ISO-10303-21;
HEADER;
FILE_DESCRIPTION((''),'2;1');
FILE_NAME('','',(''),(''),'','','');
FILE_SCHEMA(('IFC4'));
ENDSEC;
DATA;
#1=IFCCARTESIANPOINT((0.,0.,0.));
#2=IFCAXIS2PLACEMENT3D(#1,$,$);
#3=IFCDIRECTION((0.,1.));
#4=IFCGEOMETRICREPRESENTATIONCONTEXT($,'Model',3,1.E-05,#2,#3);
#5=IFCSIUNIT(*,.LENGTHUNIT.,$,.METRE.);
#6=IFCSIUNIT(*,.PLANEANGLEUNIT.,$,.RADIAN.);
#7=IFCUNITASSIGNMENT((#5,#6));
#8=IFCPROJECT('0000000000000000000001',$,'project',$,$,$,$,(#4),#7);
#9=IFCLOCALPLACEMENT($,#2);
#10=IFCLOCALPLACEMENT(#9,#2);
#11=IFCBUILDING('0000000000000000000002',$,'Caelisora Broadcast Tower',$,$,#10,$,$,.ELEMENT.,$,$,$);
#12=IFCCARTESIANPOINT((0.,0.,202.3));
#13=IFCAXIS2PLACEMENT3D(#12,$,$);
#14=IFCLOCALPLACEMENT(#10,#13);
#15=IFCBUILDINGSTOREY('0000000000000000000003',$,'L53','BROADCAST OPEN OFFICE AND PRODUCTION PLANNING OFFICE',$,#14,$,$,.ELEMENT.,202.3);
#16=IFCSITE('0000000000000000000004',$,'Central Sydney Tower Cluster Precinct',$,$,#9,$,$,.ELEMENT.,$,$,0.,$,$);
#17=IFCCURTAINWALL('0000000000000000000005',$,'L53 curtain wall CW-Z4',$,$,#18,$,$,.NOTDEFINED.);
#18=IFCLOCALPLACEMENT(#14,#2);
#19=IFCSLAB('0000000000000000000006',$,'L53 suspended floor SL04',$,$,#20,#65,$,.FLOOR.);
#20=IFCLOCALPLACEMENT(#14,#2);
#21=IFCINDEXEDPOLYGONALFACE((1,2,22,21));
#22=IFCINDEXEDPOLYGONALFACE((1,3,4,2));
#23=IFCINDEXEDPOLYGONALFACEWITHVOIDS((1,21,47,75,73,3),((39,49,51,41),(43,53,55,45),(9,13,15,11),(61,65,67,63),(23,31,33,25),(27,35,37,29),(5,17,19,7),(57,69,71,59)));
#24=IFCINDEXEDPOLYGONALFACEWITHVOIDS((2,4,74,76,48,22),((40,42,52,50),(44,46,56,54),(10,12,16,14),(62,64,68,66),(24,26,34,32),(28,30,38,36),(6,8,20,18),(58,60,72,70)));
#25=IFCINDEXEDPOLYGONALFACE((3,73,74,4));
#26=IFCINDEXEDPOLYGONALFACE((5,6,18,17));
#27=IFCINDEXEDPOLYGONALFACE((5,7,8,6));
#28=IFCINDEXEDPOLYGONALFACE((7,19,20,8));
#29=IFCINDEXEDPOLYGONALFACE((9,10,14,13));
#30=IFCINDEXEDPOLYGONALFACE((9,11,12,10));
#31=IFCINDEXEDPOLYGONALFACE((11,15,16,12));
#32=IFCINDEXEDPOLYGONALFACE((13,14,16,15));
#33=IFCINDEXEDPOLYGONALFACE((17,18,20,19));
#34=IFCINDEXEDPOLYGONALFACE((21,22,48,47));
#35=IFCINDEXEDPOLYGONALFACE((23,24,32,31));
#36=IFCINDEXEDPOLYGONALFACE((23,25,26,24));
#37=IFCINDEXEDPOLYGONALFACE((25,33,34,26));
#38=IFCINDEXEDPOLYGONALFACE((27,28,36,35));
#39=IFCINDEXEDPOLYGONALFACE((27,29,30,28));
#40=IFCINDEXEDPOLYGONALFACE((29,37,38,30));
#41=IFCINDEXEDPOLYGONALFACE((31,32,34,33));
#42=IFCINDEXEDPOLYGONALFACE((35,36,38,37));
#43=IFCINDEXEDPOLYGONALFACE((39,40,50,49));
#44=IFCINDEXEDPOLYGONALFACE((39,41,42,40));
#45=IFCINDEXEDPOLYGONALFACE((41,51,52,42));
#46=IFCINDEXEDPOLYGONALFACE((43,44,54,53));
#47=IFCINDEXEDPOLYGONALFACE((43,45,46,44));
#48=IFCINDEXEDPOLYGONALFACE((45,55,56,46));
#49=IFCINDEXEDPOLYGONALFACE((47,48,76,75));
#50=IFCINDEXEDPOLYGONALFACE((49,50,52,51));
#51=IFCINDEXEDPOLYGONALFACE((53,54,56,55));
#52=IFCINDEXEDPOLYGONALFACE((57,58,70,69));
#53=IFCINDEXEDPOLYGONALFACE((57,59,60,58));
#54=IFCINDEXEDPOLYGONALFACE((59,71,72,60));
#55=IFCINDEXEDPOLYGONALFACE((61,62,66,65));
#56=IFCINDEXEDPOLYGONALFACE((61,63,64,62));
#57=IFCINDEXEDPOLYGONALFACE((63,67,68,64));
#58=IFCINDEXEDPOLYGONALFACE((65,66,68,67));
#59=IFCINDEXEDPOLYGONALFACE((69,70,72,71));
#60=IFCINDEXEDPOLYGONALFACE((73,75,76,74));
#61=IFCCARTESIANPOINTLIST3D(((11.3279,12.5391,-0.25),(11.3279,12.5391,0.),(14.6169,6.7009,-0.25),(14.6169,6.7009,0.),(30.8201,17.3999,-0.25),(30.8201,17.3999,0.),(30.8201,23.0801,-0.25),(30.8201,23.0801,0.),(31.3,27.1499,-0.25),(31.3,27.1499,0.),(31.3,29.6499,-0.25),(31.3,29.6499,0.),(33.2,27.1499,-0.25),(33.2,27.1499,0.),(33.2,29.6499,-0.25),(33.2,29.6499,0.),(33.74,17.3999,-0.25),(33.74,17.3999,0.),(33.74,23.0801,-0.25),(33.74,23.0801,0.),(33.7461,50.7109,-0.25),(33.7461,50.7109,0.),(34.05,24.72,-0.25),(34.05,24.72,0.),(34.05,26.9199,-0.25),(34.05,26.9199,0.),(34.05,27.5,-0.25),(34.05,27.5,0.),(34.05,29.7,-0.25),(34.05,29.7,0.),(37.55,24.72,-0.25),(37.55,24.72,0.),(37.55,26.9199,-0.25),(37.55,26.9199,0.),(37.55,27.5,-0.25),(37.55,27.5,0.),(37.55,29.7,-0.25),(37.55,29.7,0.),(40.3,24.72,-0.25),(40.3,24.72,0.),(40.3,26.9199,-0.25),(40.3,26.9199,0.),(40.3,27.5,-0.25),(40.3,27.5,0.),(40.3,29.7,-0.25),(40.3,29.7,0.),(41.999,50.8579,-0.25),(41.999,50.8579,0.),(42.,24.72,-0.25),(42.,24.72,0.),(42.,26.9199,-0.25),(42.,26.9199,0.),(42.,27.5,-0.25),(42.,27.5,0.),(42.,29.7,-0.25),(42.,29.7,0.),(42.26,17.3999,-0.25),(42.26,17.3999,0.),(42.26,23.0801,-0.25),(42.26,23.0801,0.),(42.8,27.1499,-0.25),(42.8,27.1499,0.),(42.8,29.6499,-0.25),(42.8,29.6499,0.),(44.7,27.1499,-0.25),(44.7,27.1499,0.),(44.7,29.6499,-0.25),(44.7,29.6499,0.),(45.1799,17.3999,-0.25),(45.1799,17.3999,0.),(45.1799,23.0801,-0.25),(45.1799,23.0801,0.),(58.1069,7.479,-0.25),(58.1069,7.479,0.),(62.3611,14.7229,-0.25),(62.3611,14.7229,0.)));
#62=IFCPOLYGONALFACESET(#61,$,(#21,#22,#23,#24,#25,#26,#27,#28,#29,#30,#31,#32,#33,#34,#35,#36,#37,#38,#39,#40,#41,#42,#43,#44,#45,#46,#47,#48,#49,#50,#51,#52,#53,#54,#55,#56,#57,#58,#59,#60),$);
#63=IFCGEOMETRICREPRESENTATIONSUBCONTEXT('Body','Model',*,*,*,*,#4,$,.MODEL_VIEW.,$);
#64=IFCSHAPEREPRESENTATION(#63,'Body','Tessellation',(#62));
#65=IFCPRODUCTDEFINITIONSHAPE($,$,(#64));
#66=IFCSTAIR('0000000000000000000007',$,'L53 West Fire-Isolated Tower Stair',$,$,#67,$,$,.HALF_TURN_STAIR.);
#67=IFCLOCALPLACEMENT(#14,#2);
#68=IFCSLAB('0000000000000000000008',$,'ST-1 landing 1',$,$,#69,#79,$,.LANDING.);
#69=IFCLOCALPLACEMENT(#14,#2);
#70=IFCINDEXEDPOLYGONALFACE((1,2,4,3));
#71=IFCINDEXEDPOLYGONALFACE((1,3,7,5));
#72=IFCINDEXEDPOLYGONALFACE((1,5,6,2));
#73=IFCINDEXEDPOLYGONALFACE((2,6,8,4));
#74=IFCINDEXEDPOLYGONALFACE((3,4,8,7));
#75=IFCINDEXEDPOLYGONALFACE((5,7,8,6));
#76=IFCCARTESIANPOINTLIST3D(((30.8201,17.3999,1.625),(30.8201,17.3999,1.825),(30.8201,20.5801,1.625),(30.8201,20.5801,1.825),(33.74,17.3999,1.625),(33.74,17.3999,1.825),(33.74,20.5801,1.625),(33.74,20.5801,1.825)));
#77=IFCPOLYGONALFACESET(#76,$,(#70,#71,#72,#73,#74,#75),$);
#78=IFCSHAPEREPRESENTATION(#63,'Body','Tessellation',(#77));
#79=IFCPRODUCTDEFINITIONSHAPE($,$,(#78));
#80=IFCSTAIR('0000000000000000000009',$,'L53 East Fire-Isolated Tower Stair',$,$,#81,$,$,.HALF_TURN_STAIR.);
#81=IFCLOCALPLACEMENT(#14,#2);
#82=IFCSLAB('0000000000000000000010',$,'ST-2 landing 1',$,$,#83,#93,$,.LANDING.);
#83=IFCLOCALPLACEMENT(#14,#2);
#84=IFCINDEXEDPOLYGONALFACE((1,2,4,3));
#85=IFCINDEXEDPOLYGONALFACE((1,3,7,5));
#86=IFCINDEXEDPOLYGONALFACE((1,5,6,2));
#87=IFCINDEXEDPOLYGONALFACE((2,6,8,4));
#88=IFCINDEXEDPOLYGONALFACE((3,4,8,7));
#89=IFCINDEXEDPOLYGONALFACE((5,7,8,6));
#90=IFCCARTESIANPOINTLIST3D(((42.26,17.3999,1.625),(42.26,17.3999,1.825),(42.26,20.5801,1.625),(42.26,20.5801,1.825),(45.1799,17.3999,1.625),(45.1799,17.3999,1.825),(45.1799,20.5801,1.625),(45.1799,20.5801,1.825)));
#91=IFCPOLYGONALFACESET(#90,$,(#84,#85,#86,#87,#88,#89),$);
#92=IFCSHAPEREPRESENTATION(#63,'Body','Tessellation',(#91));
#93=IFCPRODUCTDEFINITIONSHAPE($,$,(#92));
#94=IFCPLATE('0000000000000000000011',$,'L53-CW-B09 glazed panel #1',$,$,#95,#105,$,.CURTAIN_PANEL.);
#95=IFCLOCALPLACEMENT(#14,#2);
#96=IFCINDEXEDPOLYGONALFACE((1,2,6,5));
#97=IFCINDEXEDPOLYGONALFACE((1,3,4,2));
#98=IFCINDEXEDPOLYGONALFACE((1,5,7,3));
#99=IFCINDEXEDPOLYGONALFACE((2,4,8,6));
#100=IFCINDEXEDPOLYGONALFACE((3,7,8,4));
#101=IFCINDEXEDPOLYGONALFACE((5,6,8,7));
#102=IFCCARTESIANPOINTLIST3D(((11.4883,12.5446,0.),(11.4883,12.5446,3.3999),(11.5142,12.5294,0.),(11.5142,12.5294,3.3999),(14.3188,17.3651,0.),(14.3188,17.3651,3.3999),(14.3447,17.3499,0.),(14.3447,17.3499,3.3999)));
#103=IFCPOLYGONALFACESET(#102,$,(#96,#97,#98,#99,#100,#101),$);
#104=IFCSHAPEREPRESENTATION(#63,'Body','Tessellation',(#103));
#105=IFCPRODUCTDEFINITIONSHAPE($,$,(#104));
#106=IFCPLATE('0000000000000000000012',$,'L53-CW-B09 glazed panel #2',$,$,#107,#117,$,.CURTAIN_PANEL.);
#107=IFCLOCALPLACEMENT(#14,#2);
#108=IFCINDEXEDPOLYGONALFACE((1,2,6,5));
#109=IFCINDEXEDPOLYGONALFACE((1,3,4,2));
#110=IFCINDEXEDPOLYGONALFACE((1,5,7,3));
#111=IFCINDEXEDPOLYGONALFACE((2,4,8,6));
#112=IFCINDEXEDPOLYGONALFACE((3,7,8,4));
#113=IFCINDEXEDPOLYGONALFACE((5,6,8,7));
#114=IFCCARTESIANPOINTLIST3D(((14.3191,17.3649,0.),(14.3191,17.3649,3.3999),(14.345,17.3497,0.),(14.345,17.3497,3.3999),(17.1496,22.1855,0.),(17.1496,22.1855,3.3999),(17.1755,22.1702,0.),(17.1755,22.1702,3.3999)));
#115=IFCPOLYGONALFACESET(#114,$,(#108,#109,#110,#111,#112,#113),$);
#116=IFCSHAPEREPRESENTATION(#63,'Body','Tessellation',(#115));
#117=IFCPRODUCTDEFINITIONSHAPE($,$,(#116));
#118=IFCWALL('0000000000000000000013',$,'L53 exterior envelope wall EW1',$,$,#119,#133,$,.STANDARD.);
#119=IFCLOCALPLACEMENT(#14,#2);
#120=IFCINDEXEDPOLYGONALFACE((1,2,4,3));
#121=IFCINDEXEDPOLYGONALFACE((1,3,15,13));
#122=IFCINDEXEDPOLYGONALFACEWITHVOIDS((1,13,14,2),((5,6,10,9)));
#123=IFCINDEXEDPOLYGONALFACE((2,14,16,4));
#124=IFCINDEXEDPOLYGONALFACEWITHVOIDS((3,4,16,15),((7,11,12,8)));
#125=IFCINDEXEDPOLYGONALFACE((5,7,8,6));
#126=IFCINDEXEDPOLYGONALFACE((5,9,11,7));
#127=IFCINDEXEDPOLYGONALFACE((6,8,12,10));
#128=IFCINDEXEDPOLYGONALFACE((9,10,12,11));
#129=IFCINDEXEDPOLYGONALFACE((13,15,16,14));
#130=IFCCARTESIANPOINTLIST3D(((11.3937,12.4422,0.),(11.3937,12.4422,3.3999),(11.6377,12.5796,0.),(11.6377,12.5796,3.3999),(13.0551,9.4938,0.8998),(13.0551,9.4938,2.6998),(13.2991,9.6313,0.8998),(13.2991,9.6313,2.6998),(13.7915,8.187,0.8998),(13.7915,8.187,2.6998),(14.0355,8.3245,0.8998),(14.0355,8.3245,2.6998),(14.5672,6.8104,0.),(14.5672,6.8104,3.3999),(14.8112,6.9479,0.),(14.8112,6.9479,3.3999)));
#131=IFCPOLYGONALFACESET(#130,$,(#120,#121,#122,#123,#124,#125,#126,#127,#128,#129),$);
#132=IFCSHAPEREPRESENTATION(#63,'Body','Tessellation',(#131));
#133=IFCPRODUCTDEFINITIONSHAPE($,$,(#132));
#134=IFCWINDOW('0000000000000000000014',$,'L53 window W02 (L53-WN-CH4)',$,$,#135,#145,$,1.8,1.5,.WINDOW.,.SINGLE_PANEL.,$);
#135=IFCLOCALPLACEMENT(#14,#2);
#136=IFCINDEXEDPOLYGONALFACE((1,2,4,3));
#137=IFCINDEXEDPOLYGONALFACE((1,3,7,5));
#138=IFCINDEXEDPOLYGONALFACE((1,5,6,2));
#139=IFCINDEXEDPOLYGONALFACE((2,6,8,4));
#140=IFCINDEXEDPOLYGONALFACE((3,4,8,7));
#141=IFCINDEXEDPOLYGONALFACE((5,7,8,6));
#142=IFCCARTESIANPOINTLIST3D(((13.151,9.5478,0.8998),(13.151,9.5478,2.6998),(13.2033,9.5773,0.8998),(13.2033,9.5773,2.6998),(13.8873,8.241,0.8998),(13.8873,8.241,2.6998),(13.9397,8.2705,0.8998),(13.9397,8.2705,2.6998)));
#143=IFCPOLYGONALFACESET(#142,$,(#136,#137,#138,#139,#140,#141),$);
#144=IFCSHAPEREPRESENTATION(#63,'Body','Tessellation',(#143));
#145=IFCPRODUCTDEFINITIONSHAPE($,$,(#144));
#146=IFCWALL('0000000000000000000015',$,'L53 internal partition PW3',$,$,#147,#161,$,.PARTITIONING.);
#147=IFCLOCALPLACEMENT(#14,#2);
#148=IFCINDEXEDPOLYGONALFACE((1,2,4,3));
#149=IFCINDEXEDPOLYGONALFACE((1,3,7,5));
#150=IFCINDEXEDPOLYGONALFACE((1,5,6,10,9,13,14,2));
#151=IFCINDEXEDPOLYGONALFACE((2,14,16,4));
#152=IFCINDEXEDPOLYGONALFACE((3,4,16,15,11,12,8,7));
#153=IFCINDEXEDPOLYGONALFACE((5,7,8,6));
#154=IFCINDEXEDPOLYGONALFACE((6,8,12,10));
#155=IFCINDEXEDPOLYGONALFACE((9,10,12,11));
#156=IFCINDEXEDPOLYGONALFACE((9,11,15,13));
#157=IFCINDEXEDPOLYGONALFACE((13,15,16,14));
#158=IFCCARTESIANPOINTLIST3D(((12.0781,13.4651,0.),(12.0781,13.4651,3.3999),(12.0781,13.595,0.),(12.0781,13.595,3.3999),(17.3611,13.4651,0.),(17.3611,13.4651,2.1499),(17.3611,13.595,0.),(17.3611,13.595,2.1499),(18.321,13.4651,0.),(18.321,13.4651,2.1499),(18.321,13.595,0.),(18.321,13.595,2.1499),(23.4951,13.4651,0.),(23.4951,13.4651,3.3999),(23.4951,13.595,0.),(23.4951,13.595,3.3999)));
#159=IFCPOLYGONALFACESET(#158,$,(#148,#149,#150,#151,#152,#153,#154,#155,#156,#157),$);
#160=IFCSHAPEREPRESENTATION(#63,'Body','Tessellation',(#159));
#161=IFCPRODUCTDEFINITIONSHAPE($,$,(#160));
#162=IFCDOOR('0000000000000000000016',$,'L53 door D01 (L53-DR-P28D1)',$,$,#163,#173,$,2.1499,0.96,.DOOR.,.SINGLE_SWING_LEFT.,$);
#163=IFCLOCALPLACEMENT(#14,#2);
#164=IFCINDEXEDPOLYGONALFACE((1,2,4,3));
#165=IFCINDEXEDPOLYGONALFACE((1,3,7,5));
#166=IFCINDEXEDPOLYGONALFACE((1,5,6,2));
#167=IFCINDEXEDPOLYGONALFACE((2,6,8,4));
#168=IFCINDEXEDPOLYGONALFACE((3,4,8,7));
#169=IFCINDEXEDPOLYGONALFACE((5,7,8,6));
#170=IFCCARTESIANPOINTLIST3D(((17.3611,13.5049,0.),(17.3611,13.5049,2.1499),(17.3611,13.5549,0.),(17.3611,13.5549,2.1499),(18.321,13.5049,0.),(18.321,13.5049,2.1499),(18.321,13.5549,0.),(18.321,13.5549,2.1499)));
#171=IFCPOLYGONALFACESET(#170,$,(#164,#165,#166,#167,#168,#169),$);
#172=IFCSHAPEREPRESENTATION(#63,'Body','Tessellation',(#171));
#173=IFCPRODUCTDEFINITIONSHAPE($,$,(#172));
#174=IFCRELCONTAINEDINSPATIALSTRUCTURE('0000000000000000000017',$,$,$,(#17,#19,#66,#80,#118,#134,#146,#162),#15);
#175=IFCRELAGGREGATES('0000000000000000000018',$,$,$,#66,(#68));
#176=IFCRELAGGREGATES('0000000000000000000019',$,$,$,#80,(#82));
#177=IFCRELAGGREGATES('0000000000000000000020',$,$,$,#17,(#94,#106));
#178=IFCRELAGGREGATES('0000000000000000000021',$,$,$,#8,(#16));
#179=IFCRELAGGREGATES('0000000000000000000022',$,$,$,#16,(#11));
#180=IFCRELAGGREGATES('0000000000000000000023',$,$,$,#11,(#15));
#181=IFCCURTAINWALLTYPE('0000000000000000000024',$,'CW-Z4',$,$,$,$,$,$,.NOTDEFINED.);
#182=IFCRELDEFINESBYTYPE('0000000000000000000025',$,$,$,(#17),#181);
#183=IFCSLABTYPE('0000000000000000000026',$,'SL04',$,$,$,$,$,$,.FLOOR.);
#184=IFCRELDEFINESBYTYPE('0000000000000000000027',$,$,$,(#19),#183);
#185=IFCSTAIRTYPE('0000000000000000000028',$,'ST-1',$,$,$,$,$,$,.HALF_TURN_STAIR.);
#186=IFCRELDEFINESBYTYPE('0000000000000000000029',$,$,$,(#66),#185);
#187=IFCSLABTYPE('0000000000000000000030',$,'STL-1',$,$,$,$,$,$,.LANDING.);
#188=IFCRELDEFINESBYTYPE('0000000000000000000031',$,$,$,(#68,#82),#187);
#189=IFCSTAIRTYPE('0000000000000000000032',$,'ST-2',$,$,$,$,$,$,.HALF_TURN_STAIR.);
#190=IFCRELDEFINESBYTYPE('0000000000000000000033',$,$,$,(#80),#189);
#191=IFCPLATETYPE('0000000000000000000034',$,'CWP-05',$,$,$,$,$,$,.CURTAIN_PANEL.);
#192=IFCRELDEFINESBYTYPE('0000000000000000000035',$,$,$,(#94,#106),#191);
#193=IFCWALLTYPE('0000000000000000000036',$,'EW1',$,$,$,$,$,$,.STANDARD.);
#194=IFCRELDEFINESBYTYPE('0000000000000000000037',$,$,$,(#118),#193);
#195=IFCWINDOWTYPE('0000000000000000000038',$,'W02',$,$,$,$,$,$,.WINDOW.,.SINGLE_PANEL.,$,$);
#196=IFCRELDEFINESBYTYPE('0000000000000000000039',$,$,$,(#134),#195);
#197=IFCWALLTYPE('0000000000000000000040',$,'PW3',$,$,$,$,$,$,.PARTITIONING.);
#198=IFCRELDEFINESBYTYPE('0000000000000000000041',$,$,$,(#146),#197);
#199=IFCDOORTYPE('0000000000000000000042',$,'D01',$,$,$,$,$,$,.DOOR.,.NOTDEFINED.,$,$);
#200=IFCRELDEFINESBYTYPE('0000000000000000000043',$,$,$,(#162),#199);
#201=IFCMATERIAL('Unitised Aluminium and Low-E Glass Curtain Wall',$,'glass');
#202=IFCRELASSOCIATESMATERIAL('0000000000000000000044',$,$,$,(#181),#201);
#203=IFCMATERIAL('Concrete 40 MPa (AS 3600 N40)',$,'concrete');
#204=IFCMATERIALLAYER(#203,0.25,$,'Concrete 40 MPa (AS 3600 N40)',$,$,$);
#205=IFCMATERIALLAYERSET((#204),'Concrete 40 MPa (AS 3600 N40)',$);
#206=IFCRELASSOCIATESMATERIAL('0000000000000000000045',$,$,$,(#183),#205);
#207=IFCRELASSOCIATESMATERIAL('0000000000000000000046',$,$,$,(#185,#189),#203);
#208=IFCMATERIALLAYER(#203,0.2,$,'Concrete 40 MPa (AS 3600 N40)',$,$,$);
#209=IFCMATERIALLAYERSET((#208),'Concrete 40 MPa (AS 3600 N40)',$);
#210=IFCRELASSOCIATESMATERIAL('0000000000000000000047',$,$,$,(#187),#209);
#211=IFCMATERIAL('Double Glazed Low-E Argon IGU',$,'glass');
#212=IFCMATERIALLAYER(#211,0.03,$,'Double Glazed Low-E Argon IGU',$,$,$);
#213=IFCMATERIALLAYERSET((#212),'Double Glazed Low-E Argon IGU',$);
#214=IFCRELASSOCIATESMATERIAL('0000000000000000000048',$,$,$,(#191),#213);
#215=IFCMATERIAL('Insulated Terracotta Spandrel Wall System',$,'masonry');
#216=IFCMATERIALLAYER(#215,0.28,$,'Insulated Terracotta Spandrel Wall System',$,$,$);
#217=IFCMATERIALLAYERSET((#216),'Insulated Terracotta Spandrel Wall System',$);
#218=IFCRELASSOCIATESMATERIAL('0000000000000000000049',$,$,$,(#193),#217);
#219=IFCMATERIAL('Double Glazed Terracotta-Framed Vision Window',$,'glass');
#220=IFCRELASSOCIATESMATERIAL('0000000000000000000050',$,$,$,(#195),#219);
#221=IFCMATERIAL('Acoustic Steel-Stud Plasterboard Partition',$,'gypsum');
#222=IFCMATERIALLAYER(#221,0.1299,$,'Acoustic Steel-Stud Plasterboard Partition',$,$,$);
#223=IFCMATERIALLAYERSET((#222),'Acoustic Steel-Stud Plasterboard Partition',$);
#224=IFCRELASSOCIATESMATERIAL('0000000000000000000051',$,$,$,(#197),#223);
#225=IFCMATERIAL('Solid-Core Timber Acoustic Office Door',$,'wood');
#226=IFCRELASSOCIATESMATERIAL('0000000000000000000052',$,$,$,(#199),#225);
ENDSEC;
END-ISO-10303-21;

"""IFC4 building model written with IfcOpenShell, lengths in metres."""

from ifc_helpers import new_model, si_unit, direction, frame, frame_2d, origin, origin_2d, place, context, subcontext, project, spatial, polyline, rectangle, outline, extrude, source, transform, mapped, material, layer, layer_set, type_object, type_shapes, element, fill, aggregate, save


model = new_model("IFC4")

# Units and contexts
model_context = context("Model", 3, precision=1e-05, world=origin(), true_north=direction((0.0, 1.0)))
body_context = subcontext(model_context, "Body", "Model", "MODEL_VIEW")
ifc_project = project(units=[si_unit("LENGTHUNIT", "METRE"), si_unit("PLANEANGLEUNIT", "RADIAN")], contexts=[model_context])

# Site, building, storey
site_placement = place(None, origin())
site = spatial("IfcSite", under=ifc_project, at=site_placement, Name="Central Sydney Tower Cluster Precinct", CompositionType="ELEMENT", RefElevation=0.0)
building_placement = place(site_placement, origin())
building = spatial("IfcBuilding", under=site, at=building_placement, Name="Caelisora Broadcast Tower", CompositionType="ELEMENT")
storey_placement = place(building_placement, frame((0.0, 0.0, 202.3)))
storey = spatial("IfcBuildingStorey", under=building, at=storey_placement, Name="L53", Description="BROADCAST OPEN OFFICE AND PRODUCTION PLANNING OFFICE", CompositionType="ELEMENT", Elevation=202.3)

# Shared definitions
ifc_material_1 = material(Name="Unitised Aluminium and Low-E Glass Curtain Wall", Category="glass")
curtain_wall_type = type_object("IfcCurtainWallType", Name="CW-Z4", PredefinedType="NOTDEFINED", material=ifc_material_1)

# Curtain wall
curtain_wall_1_placement = place(storey_placement, origin())
curtain_wall_1 = element("IfcCurtainWall", 1, at=curtain_wall_1_placement, inside=storey, type_object=curtain_wall_type, Name="L53 curtain wall CW-Z4", PredefinedType="NOTDEFINED")

# Slab
ifc_material_2 = material(Name="Concrete 40 MPa (AS 3600 N40)", Category="concrete")
ifc_layer_1 = layer(ifc_material_2, 0.25, Name="Concrete 40 MPa (AS 3600 N40)")
ifc_layer_set_1 = layer_set([ifc_layer_1], Name="Concrete 40 MPa (AS 3600 N40)")
slab_type_1 = type_object("IfcSlabType", Name="SL04", PredefinedType="FLOOR", material=ifc_layer_set_1)
slab_1_placement = place(storey_placement, frame((0.0, 0.0, -0.25)))
element("IfcSlab", 2, at=slab_1_placement, inside=storey, type_object=slab_type_1, Name="L53 suspended floor SL04", PredefinedType="FLOOR", context=body_context, shape_type="SweptSolid", body=[
    extrude(outline(polyline([(41.999, 50.8579), (33.7461, 50.7109), (11.3279, 12.5391), (14.6169, 6.7009), (58.1069, 7.479), (62.3611, 14.7229), (41.999, 50.8579)]), holes=[polyline([(30.8201, 17.3999), (33.74, 17.3999), (33.74, 23.0801), (30.8201, 23.0801), (30.8201, 17.3999)]), polyline([(42.26, 17.3999), (45.1799, 17.3999), (45.1799, 23.0801), (42.26, 23.0801), (42.26, 17.3999)]), polyline([(42.8, 27.1499), (44.7, 27.1499), (44.7, 29.6499), (42.8, 29.6499), (42.8, 27.1499)]), polyline([(40.3, 24.72), (42.0, 24.72), (42.0, 26.9199), (40.3, 26.9199), (40.3, 24.72)]), polyline([(40.3, 27.5), (42.0, 27.5), (42.0, 29.7), (40.3, 29.7), (40.3, 27.5)]), polyline([(34.05, 24.72), (37.55, 24.72), (37.55, 26.9199), (34.05, 26.9199), (34.05, 24.72)]), polyline([(34.05, 27.5), (37.55, 27.5), (37.55, 29.7), (34.05, 29.7), (34.05, 27.5)]), polyline([(31.3, 27.1499), (33.2, 27.1499), (33.2, 29.6499), (31.3, 29.6499), (31.3, 27.1499)])]), origin(), (0.0, 0.0, 1.0), 0.25),
])

# Stairs, slabs
stair_type_1 = type_object("IfcStairType", Name="ST-1", PredefinedType="HALF_TURN_STAIR", material=ifc_material_2)
stair_1_placement = place(storey_placement, origin())
stair_1 = element("IfcStair", 3, at=stair_1_placement, inside=storey, type_object=stair_type_1, Name="L53 West Fire-Isolated Tower Stair", PredefinedType="HALF_TURN_STAIR")
ifc_layer_2 = layer(ifc_material_2, 0.2, Name="Concrete 40 MPa (AS 3600 N40)")
ifc_layer_set_2 = layer_set([ifc_layer_2], Name="Concrete 40 MPa (AS 3600 N40)")
slab_type_2 = type_object("IfcSlabType", Name="STL-1", PredefinedType="LANDING", material=ifc_layer_set_2)
slab_2_placement = place(storey_placement, frame((0.0, 0.0, 1.625)))
slab_2 = element("IfcSlab", 4, at=slab_2_placement, type_object=slab_type_2, Name="ST-1 landing 1", PredefinedType="LANDING", context=body_context, shape_type="SweptSolid", body=[
    extrude(outline(polyline([(30.8201, 20.5801), (30.8201, 17.3999), (33.74, 17.3999), (33.74, 20.5801), (30.8201, 20.5801)])), origin(), (0.0, 0.0, 1.0), 0.2),
])
aggregate(stair_1, [slab_2])
stair_type_2 = type_object("IfcStairType", Name="ST-2", PredefinedType="HALF_TURN_STAIR", material=ifc_material_2)
stair_2_placement = place(storey_placement, origin())
stair_2 = element("IfcStair", 5, at=stair_2_placement, inside=storey, type_object=stair_type_2, Name="L53 East Fire-Isolated Tower Stair", PredefinedType="HALF_TURN_STAIR")
slab_3_placement = place(storey_placement, frame((0.0, 0.0, 1.625)))
slab_3 = element("IfcSlab", 6, at=slab_3_placement, type_object=slab_type_2, Name="ST-2 landing 1", PredefinedType="LANDING", context=body_context, shape_type="SweptSolid", body=[
    extrude(outline(polyline([(42.26, 20.5801), (42.26, 17.3999), (45.1799, 17.3999), (45.1799, 20.5801), (42.26, 20.5801)])), origin(), (0.0, 0.0, 1.0), 0.2),
])
aggregate(stair_2, [slab_3])

# Plates
ifc_material_3 = material(Name="Double Glazed Low-E Argon IGU", Category="glass")
ifc_layer_3 = layer(ifc_material_3, 0.03, Name="Double Glazed Low-E Argon IGU")
ifc_layer_set_3 = layer_set([ifc_layer_3], Name="Double Glazed Low-E Argon IGU")
plate_type = type_object("IfcPlateType", Name="CWP-05", PredefinedType="CURTAIN_PANEL", material=ifc_layer_set_3)
shared_shape_1 = source(origin(), body_context, "Body", "SweptSolid", [
    extrude(rectangle(XDim=5.5901, YDim=0.03, at=origin_2d()), origin(), (0.0, 0.0, 1.0), 3.3999),
])
type_shapes(plate_type, [shared_shape_1])
plate_1_placement = place(storey_placement, frame((12.9165, 14.9473, 0.0), z_axis=(0.0, 0.0, 1.0), x_axis=(0.506335, 0.862337, 0.0)))
plate_1 = element("IfcPlate", 7, at=plate_1_placement, type_object=plate_type, Name="L53-CW-B09 glazed panel #1", PredefinedType="CURTAIN_PANEL", context=body_context, shape_type="MappedRepresentation", body=[
    mapped(shared_shape_1, transform((0.0, 0.0, 0.0), scale=1.0)),
])
plate_2_placement = place(storey_placement, frame((15.7473, 19.7676, 0.0), z_axis=(0.0, 0.0, 1.0), x_axis=(0.506335, 0.862337, 0.0)))
plate_2 = element("IfcPlate", 8, at=plate_2_placement, type_object=plate_type, Name="L53-CW-B09 glazed panel #2", PredefinedType="CURTAIN_PANEL", context=body_context, shape_type="MappedRepresentation", body=[
    mapped(shared_shape_1, transform((0.0, 0.0, 0.0), scale=1.0)),
])
aggregate(curtain_wall_1, [plate_1, plate_2])

# Wall, opening, window
ifc_material_4 = material(Name="Insulated Terracotta Spandrel Wall System", Category="masonry")
ifc_layer_4 = layer(ifc_material_4, 0.28, Name="Insulated Terracotta Spandrel Wall System")
ifc_layer_set_4 = layer_set([ifc_layer_4], Name="Insulated Terracotta Spandrel Wall System")
wall_type_1 = type_object("IfcWallType", Name="EW1", PredefinedType="STANDARD", material=ifc_layer_set_4)
wall_1_placement = place(storey_placement, frame((14.6892, 6.8792, 0.0), z_axis=(0.0, 0.0, 1.0), x_axis=(-0.490928, 0.8712, 0.0)))
wall_1 = element("IfcWall", 9, at=wall_1_placement, inside=storey, type_object=wall_type_1, Name="L53 exterior envelope wall EW1", PredefinedType="STANDARD", context=body_context, shape_type="SweptSolid", body=[
    extrude(rectangle(XDim=6.4644, YDim=0.28, at=frame_2d((3.2322, 0.0))), origin(), (0.0, 0.0, 1.0), 3.3999),
])
opening_1_placement = place(wall_1_placement, frame((1.5801, 0.0, 0.8999)))
opening_1 = element("IfcOpeningElement", 10, at=opening_1_placement, cuts=wall_1, PredefinedType="OPENING", context=body_context, shape_type="SweptSolid", body=[
    extrude(rectangle(XDim=1.5, YDim=1.8, at=frame_2d((0.75, 0.8999))), frame((0.0, 0.1521, 0.0), z_axis=(0.0, -1.0, 0.0), x_axis=(1.0, 0.0, 0.0)), (0.0, 0.0, 1.0), 0.304),
])
ifc_material_5 = material(Name="Double Glazed Terracotta-Framed Vision Window", Category="glass")
window_type = type_object("IfcWindowType", Name="W02", PartitioningType="SINGLE_PANEL", PredefinedType="WINDOW", material=ifc_material_5)
window_placement = place(opening_1_placement, origin())
window = element("IfcWindow", 11, at=window_placement, inside=storey, type_object=window_type, Name="L53 window W02 (L53-WN-CH4)", OverallHeight=1.8, OverallWidth=1.5, PartitioningType="SINGLE_PANEL", PredefinedType="WINDOW", context=body_context, shape_type="SweptSolid", body=[
    extrude(rectangle(XDim=1.5, YDim=1.8, at=frame_2d((0.75, 0.8999))), frame((0.0, 0.03, 0.0), z_axis=(0.0, -1.0, 0.0), x_axis=(1.0, 0.0, 0.0)), (0.0, 0.0, 1.0), 0.0601),
])
fill(opening_1, window)

# Wall, opening, door
ifc_material_6 = material(Name="Acoustic Steel-Stud Plasterboard Partition", Category="gypsum")
ifc_layer_5 = layer(ifc_material_6, 0.1299, Name="Acoustic Steel-Stud Plasterboard Partition")
ifc_layer_set_5 = layer_set([ifc_layer_5], Name="Acoustic Steel-Stud Plasterboard Partition")
wall_type_2 = type_object("IfcWallType", Name="PW3", PredefinedType="PARTITIONING", material=ifc_layer_set_5)
wall_2_placement = place(storey_placement, frame((12.0781, 13.53, 0.0), z_axis=(0.0, 0.0, 1.0), x_axis=(1.0, 0.0, 0.0)))
wall_2 = element("IfcWall", 12, at=wall_2_placement, inside=storey, type_object=wall_type_2, Name="L53 internal partition PW3", PredefinedType="PARTITIONING", context=body_context, shape_type="SweptSolid", body=[
    extrude(rectangle(XDim=11.417, YDim=0.1299, at=frame_2d((5.7085, 0.0))), origin(), (0.0, 0.0, 1.0), 3.3999),
])
opening_2_placement = place(wall_2_placement, frame((5.283, 0.0, 0.0)))
opening_2 = element("IfcOpeningElement", 13, at=opening_2_placement, cuts=wall_2, PredefinedType="OPENING", context=body_context, shape_type="SweptSolid", body=[
    extrude(rectangle(XDim=0.96, YDim=2.1499, at=frame_2d((0.48, 1.075))), frame((0.0, 0.0769, 0.0), z_axis=(0.0, -1.0, 0.0), x_axis=(1.0, 0.0, 0.0)), (0.0, 0.0, 1.0), 0.1538),
])
ifc_material_7 = material(Name="Solid-Core Timber Acoustic Office Door", Category="wood")
door_type = type_object("IfcDoorType", Name="D01", OperationType="NOTDEFINED", PredefinedType="DOOR", material=ifc_material_7)
door_1_placement = place(opening_2_placement, origin())
door_1 = element("IfcDoor", 14, at=door_1_placement, inside=storey, type_object=door_type, Name="L53 door D01 (L53-DR-P28D1)", OperationType="SINGLE_SWING_LEFT", OverallHeight=2.1499, OverallWidth=0.96, PredefinedType="DOOR", context=body_context, shape_type="SweptSolid", body=[
    extrude(rectangle(XDim=0.96, YDim=2.1499, at=frame_2d((0.48, 1.075))), frame((0.0, 0.0249, 0.0), z_axis=(0.0, -1.0, 0.0), x_axis=(1.0, 0.0, 0.0)), (0.0, 0.0, 1.0), 0.05),
])
fill(opening_2, door_1)

save(model, "model.ifc")
